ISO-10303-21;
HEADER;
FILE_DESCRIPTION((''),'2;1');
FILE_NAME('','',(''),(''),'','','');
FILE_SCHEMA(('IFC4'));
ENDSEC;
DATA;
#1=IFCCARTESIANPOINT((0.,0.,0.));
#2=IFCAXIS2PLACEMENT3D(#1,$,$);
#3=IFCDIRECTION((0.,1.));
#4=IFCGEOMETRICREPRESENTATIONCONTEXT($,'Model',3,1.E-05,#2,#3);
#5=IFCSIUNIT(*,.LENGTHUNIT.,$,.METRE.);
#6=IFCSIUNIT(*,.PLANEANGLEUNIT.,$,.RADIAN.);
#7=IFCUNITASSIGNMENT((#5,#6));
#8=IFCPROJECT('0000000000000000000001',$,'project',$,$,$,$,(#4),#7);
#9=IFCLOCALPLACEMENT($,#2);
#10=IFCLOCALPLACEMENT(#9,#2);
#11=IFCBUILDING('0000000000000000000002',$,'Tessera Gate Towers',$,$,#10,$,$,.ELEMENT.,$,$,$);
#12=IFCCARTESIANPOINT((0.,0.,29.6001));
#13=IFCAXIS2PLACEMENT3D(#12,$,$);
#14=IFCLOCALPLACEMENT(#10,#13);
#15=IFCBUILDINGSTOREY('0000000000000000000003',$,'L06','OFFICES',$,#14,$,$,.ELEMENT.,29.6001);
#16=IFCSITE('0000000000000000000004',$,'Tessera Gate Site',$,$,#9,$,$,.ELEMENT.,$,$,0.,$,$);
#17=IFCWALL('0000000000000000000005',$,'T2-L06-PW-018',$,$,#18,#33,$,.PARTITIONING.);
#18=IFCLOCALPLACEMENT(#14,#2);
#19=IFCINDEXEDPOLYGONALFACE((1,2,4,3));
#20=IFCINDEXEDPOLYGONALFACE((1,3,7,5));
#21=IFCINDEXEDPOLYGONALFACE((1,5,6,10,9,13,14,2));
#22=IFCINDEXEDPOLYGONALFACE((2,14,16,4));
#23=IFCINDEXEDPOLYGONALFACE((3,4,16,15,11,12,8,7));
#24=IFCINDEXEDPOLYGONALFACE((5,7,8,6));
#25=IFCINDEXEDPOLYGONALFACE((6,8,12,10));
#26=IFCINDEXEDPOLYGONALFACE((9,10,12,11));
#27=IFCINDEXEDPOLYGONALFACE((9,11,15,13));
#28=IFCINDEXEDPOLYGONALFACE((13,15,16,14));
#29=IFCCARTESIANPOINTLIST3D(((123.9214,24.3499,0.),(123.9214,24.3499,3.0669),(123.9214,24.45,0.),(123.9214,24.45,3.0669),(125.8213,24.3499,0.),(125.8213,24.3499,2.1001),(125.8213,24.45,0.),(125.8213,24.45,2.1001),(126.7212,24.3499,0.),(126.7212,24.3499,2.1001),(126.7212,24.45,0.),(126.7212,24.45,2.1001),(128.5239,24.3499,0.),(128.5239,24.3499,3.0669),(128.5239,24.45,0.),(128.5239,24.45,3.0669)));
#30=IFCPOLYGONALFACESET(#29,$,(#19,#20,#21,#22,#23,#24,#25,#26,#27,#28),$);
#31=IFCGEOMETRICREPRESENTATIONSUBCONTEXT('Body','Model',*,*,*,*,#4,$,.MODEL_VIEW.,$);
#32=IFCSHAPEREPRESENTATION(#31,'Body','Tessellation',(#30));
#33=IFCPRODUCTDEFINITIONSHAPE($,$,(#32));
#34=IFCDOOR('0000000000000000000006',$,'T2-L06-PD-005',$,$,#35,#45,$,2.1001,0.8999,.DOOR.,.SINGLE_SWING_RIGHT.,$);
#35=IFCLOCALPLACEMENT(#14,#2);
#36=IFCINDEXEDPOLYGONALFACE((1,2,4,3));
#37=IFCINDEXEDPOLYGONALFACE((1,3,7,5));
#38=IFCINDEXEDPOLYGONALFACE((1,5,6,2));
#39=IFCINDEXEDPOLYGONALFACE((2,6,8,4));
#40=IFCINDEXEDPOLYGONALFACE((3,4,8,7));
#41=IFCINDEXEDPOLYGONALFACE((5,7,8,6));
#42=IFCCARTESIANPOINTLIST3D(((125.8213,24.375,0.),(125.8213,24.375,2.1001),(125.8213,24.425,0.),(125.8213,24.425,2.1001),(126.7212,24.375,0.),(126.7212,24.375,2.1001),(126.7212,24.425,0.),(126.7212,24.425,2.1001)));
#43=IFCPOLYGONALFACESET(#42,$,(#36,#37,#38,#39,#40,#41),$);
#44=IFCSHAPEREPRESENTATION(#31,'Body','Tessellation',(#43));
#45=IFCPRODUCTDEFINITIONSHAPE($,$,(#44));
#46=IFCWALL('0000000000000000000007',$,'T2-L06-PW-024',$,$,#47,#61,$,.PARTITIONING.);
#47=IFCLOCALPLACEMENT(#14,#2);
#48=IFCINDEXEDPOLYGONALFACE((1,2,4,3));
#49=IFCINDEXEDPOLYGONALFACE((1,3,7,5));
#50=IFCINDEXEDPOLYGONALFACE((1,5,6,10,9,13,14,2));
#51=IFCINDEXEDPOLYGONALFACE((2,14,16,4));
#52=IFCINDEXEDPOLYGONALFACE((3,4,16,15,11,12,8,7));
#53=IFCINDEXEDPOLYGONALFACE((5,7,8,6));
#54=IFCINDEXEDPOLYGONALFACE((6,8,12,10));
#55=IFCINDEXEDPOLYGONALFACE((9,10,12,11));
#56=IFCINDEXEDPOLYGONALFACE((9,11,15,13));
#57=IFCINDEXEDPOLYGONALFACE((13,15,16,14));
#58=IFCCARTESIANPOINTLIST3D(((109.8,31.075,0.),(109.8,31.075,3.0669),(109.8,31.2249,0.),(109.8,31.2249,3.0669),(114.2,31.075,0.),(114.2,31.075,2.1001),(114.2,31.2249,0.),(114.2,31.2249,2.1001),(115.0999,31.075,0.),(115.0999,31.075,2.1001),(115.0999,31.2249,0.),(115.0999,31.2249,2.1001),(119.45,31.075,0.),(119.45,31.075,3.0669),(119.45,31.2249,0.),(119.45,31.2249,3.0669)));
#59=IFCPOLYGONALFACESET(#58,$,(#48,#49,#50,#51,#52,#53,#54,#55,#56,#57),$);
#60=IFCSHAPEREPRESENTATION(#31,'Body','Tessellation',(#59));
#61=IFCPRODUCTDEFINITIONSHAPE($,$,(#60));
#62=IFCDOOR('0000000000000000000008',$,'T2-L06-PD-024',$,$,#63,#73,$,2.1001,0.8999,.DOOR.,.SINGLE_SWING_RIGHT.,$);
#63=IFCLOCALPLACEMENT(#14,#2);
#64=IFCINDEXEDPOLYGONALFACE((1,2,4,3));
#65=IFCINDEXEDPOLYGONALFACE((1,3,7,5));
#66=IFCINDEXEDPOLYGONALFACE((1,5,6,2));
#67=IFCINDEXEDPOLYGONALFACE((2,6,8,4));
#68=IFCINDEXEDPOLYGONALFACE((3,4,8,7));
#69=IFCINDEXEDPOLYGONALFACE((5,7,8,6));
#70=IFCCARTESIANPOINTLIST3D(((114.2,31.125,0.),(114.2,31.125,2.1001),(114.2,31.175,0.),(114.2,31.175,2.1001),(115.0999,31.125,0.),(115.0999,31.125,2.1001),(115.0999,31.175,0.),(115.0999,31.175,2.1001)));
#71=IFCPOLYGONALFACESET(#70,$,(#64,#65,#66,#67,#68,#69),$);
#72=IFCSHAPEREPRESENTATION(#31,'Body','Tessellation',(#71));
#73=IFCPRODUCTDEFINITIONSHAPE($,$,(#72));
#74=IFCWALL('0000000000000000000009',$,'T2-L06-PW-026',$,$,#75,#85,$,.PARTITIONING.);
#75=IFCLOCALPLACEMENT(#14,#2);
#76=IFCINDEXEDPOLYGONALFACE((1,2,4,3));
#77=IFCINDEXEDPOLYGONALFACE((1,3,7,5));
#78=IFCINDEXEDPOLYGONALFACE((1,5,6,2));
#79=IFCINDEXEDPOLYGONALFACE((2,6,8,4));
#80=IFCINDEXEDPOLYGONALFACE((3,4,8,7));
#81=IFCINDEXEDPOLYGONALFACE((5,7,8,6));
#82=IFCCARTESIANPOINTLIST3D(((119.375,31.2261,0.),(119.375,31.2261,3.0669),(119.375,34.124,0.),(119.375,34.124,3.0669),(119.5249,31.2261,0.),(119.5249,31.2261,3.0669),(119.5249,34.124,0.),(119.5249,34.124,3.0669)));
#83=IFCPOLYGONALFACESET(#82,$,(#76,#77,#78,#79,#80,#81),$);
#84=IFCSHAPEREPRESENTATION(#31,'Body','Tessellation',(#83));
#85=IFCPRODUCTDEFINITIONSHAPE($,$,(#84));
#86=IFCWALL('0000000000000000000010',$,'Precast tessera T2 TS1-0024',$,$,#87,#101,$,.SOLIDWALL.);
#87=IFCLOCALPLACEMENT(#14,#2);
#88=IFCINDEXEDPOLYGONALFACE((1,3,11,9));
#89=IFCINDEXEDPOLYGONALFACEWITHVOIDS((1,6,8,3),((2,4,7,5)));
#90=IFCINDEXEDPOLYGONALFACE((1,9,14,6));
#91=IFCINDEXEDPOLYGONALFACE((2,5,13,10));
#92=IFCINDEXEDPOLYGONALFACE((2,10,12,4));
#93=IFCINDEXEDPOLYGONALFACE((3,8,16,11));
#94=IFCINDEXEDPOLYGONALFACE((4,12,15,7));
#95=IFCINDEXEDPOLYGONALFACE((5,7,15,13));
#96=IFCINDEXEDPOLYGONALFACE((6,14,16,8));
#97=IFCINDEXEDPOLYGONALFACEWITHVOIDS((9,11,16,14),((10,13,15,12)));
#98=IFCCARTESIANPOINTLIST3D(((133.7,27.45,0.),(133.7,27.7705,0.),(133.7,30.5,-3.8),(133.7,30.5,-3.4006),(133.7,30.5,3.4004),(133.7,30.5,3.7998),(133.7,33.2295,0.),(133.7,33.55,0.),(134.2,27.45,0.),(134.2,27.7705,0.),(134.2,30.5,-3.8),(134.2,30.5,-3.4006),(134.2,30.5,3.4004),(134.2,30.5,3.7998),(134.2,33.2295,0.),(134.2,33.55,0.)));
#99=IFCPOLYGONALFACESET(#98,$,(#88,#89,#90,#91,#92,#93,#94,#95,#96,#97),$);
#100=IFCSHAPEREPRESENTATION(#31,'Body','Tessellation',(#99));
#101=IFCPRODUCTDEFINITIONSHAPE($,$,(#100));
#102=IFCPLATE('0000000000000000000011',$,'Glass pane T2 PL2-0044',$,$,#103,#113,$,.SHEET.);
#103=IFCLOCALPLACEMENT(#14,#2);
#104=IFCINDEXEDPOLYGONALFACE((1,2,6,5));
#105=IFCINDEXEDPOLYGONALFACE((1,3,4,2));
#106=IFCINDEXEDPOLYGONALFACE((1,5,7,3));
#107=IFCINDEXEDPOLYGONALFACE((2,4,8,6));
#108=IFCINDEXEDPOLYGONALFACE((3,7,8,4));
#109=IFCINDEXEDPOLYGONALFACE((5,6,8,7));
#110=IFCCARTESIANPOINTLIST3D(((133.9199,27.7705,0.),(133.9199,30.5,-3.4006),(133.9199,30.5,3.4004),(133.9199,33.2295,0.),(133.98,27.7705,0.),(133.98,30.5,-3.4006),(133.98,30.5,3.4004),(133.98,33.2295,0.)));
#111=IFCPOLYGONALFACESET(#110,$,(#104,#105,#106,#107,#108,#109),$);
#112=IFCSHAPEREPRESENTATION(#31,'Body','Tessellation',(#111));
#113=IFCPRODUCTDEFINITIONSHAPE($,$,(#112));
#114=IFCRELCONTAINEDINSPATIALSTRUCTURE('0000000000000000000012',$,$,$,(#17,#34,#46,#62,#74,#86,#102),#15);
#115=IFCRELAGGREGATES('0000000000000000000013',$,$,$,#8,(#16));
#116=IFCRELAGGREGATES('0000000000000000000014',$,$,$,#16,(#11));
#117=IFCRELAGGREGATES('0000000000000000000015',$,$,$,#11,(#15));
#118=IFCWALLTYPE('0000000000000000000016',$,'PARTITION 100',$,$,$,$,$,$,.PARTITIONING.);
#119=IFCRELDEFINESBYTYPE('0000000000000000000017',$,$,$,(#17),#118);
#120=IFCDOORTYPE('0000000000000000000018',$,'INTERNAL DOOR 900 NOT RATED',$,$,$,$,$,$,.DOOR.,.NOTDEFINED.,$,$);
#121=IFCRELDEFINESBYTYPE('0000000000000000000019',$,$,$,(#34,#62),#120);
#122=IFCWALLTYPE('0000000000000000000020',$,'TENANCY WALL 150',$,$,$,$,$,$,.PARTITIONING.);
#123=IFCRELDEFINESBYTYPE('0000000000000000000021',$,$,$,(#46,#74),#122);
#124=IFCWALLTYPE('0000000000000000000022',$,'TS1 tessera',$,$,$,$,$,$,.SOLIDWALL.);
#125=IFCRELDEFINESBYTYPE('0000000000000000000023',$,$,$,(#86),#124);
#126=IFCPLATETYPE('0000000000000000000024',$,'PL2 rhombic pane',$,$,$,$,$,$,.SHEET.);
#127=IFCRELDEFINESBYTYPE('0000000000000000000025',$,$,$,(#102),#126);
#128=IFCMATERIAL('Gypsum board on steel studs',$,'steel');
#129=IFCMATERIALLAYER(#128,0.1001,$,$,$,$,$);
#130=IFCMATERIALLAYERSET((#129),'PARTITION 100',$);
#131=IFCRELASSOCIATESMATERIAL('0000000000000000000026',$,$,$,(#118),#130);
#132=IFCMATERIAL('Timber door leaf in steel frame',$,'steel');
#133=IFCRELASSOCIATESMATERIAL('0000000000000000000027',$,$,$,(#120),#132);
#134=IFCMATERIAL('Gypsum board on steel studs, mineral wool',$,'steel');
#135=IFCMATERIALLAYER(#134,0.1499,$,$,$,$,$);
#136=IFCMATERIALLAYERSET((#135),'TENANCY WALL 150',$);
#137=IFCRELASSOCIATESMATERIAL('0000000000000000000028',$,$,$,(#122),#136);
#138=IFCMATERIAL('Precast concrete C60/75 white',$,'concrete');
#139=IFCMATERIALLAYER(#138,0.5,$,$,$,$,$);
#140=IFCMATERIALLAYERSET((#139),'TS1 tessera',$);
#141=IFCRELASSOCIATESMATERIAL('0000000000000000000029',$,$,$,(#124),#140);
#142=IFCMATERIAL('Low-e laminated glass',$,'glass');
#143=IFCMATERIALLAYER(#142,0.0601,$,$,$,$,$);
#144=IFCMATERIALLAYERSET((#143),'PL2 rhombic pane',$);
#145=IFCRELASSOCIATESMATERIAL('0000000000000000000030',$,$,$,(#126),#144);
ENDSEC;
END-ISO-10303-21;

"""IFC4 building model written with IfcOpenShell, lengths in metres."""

from ifc_helpers import new_model, si_unit, direction, frame, frame_2d, origin, place, context, subcontext, project, spatial, polyline, rectangle, outline, extrude, source, transform, mapped, material, layer, layer_set, type_object, element, fill, save


model = new_model("IFC4")

# Units and contexts
model_context = context("Model", 3, precision=1e-05, world=origin(), true_north=direction((0.0, 1.0)))
body_context = subcontext(model_context, "Body", "Model", "MODEL_VIEW")
ifc_project = project(units=[si_unit("LENGTHUNIT", "METRE"), si_unit("PLANEANGLEUNIT", "RADIAN")], contexts=[model_context])

# Site, building, storey
site_placement = place(None, origin())
site = spatial("IfcSite", under=ifc_project, at=site_placement, Name="Tessera Gate Site", CompositionType="ELEMENT", RefElevation=0.0)
building_placement = place(site_placement, origin())
building = spatial("IfcBuilding", under=site, at=building_placement, Name="Tessera Gate Towers", CompositionType="ELEMENT")
storey_placement = place(building_placement, frame((0.0, 0.0, 29.6001)))
storey = spatial("IfcBuildingStorey", under=building, at=storey_placement, Name="L06", Description="OFFICES", CompositionType="ELEMENT", Elevation=29.6001)

# Shared definitions
shared_shape_1 = source(origin(), body_context, "Body", "SweptSolid", [
    extrude(rectangle(XDim=0.8999, YDim=2.1001, at=frame_2d((0.45, 1.05))), frame((0.0, 0.085, 0.0), z_axis=(0.0, -1.0, 0.0), x_axis=(1.0, 0.0, 0.0)), (0.0, 0.0, 1.0), 0.1699),
])
shared_shape_2 = source(origin(), body_context, "Body", "SweptSolid", [
    extrude(rectangle(XDim=0.8999, YDim=2.1001, at=frame_2d((0.45, 1.05))), frame((0.0, 0.0249, 0.0), z_axis=(0.0, -1.0, 0.0), x_axis=(1.0, 0.0, 0.0)), (0.0, 0.0, 1.0), 0.05),
])

# Walls, openings, doors
ifc_material_1 = material(Name="Gypsum board on steel studs", Category="steel")
ifc_layer_1 = layer(ifc_material_1, 0.1001)
ifc_layer_set_1 = layer_set([ifc_layer_1], Name="PARTITION 100")
wall_type_1 = type_object("IfcWallType", Name="PARTITION 100", PredefinedType="PARTITIONING", material=ifc_layer_set_1)
wall_1_placement = place(storey_placement, frame((128.5239, 24.3999, 0.0), z_axis=(0.0, 0.0, 1.0), x_axis=(-1.0, 0.0, 0.0)))
wall_1 = element("IfcWall", 1, at=wall_1_placement, inside=storey, type_object=wall_type_1, Name="T2-L06-PW-018", PredefinedType="PARTITIONING", context=body_context, shape_type="SweptSolid", body=[
    extrude(rectangle(XDim=4.6025, YDim=0.1001, at=frame_2d((2.3013, 0.0))), origin(), (0.0, 0.0, 1.0), 3.0669),
])
shared_shape_3 = source(origin(), body_context, "Body", "SweptSolid", [
    extrude(rectangle(XDim=0.8999, YDim=2.1001, at=frame_2d((0.45, 1.05))), frame((0.0, 0.0601, 0.0), z_axis=(0.0, -1.0, 0.0), x_axis=(1.0, 0.0, 0.0)), (0.0, 0.0, 1.0), 0.1201),
])
opening_1_placement = place(wall_1_placement, frame((1.8027, 0.0, 0.0)))
opening_1 = element("IfcOpeningElement", 2, at=opening_1_placement, cuts=wall_1, PredefinedType="OPENING", context=body_context, shape_type="MappedRepresentation", body=[
    mapped(shared_shape_3, transform((0.0, 0.0, 0.0), scale=1.0)),
])
ifc_material_2 = material(Name="Timber door leaf in steel frame", Category="steel")
door_type_1 = type_object("IfcDoorType", Name="INTERNAL DOOR 900 NOT RATED", OperationType="NOTDEFINED", PredefinedType="DOOR", material=ifc_material_2)
door_1_placement = place(opening_1_placement, origin())
door_1 = element("IfcDoor", 3, at=door_1_placement, inside=storey, type_object=door_type_1, Name="T2-L06-PD-005", OperationType="SINGLE_SWING_RIGHT", OverallHeight=2.1001, OverallWidth=0.8999, PredefinedType="DOOR", context=body_context, shape_type="MappedRepresentation", body=[
    mapped(shared_shape_2, transform((0.0, 0.0, 0.0), scale=1.0)),
])
fill(opening_1, door_1)
ifc_material_3 = material(Name="Gypsum board on steel studs, mineral wool", Category="steel")
ifc_layer_2 = layer(ifc_material_3, 0.1499)
ifc_layer_set_2 = layer_set([ifc_layer_2], Name="TENANCY WALL 150")
wall_type_2 = type_object("IfcWallType", Name="TENANCY WALL 150", PredefinedType="PARTITIONING", material=ifc_layer_set_2)
wall_2_placement = place(storey_placement, frame((119.45, 31.1499, 0.0), z_axis=(0.0, 0.0, 1.0), x_axis=(-1.0, 0.0, 0.0)))
wall_2 = element("IfcWall", 4, at=wall_2_placement, inside=storey, type_object=wall_type_2, Name="T2-L06-PW-024", PredefinedType="PARTITIONING", context=body_context, shape_type="SweptSolid", body=[
    extrude(rectangle(XDim=9.6499, YDim=0.1499, at=frame_2d((4.825, 0.0))), origin(), (0.0, 0.0, 1.0), 3.0669),
])
opening_2_placement = place(wall_2_placement, frame((4.3501, 0.0, 0.0)))
opening_2 = element("IfcOpeningElement", 5, at=opening_2_placement, cuts=wall_2, PredefinedType="OPENING", context=body_context, shape_type="MappedRepresentation", body=[
    mapped(shared_shape_1, transform((0.0, 0.0, 0.0), scale=1.0)),
])
door_2_placement = place(opening_2_placement, origin())
door_2 = element("IfcDoor", 6, at=door_2_placement, inside=storey, type_object=door_type_1, Name="T2-L06-PD-024", OperationType="SINGLE_SWING_RIGHT", OverallHeight=2.1001, OverallWidth=0.8999, PredefinedType="DOOR", context=body_context, shape_type="MappedRepresentation", body=[
    mapped(shared_shape_2, transform((0.0, 0.0, 0.0), scale=1.0)),
])
fill(opening_2, door_2)

# Wall
wall_3_placement = place(storey_placement, frame((119.45, 31.2261, 0.0), z_axis=(0.0, 0.0, 1.0), x_axis=(0.0, 1.0, 0.0)))
element("IfcWall", 7, at=wall_3_placement, inside=storey, type_object=wall_type_2, Name="T2-L06-PW-026", PredefinedType="PARTITIONING", context=body_context, shape_type="SweptSolid", body=[
    extrude(rectangle(XDim=2.8979, YDim=0.1499, at=frame_2d((1.449, 0.0))), origin(), (0.0, 0.0, 1.0), 3.0669),
])

# Wall, opening, plate
ifc_material_4 = material(Name="Precast concrete C60/75 white", Category="concrete")
ifc_layer_3 = layer(ifc_material_4, 0.5)
ifc_layer_set_3 = layer_set([ifc_layer_3], Name="TS1 tessera")
wall_type_3 = type_object("IfcWallType", Name="TS1 tessera", PredefinedType="SOLIDWALL", material=ifc_layer_set_3)
shared_shape_4 = source(origin(), body_context, "Body", "SweptSolid", [
    extrude(outline(polyline([(3.05, 0.0), (6.1001, 3.8), (3.05, 7.5999), (0.0, 3.8), (3.05, 0.0)])), frame((0.0, 0.25, 0.0), z_axis=(0.0, -1.0, 0.0), x_axis=(1.0, 0.0, 0.0)), (0.0, 0.0, 1.0), 0.5),
])
wall_4_placement = place(storey_placement, frame((133.95, 27.45, -3.8), z_axis=(0.0, 0.0, 1.0), x_axis=(0.0, 1.0, 0.0)))
wall_4 = element("IfcWall", 8, at=wall_4_placement, inside=storey, type_object=wall_type_3, Name="Precast tessera T2 TS1-0024", PredefinedType="SOLIDWALL", context=body_context, shape_type="MappedRepresentation", body=[
    mapped(shared_shape_4, transform((0.0, 0.0, 0.0), scale=1.0)),
])
shared_shape_5 = source(origin(), body_context, "Body", "SweptSolid", [
    extrude(outline(polyline([(3.05, 0.3994), (5.7795, 3.8), (3.05, 7.2004), (0.3206, 3.8), (3.05, 0.3994)])), frame((0.0, 0.26, 0.0), z_axis=(0.0, -1.0, 0.0), x_axis=(1.0, 0.0, 0.0)), (0.0, 0.0, 1.0), 0.52),
])
opening_3_placement = place(wall_4_placement, origin())
opening_3 = element("IfcOpeningElement", 9, at=opening_3_placement, cuts=wall_4, PredefinedType="OPENING", context=body_context, shape_type="MappedRepresentation", body=[
    mapped(shared_shape_5, transform((0.0, 0.0, 0.0), scale=1.0)),
])
ifc_material_5 = material(Name="Low-e laminated glass", Category="glass")
ifc_layer_4 = layer(ifc_material_5, 0.0601)
ifc_layer_set_4 = layer_set([ifc_layer_4], Name="PL2 rhombic pane")
plate_type = type_object("IfcPlateType", Name="PL2 rhombic pane", PredefinedType="SHEET", material=ifc_layer_set_4)
shared_shape_6 = source(origin(), body_context, "Body", "SweptSolid", [
    extrude(outline(polyline([(3.05, 0.3994), (5.7795, 3.8), (3.05, 7.2004), (0.3206, 3.8), (3.05, 0.3994)])), frame((0.0, 0.03, 0.0), z_axis=(0.0, -1.0, 0.0), x_axis=(1.0, 0.0, 0.0)), (0.0, 0.0, 1.0), 0.0601),
])
plate_placement = place(opening_3_placement, origin())
plate = element("IfcPlate", 10, at=plate_placement, inside=storey, type_object=plate_type, Name="Glass pane T2 PL2-0044", PredefinedType="SHEET", context=body_context, shape_type="MappedRepresentation", body=[
    mapped(shared_shape_6, transform((0.0, 0.0, 0.0), scale=1.0)),
])
fill(opening_3, plate)

save(model, "model.ifc")
